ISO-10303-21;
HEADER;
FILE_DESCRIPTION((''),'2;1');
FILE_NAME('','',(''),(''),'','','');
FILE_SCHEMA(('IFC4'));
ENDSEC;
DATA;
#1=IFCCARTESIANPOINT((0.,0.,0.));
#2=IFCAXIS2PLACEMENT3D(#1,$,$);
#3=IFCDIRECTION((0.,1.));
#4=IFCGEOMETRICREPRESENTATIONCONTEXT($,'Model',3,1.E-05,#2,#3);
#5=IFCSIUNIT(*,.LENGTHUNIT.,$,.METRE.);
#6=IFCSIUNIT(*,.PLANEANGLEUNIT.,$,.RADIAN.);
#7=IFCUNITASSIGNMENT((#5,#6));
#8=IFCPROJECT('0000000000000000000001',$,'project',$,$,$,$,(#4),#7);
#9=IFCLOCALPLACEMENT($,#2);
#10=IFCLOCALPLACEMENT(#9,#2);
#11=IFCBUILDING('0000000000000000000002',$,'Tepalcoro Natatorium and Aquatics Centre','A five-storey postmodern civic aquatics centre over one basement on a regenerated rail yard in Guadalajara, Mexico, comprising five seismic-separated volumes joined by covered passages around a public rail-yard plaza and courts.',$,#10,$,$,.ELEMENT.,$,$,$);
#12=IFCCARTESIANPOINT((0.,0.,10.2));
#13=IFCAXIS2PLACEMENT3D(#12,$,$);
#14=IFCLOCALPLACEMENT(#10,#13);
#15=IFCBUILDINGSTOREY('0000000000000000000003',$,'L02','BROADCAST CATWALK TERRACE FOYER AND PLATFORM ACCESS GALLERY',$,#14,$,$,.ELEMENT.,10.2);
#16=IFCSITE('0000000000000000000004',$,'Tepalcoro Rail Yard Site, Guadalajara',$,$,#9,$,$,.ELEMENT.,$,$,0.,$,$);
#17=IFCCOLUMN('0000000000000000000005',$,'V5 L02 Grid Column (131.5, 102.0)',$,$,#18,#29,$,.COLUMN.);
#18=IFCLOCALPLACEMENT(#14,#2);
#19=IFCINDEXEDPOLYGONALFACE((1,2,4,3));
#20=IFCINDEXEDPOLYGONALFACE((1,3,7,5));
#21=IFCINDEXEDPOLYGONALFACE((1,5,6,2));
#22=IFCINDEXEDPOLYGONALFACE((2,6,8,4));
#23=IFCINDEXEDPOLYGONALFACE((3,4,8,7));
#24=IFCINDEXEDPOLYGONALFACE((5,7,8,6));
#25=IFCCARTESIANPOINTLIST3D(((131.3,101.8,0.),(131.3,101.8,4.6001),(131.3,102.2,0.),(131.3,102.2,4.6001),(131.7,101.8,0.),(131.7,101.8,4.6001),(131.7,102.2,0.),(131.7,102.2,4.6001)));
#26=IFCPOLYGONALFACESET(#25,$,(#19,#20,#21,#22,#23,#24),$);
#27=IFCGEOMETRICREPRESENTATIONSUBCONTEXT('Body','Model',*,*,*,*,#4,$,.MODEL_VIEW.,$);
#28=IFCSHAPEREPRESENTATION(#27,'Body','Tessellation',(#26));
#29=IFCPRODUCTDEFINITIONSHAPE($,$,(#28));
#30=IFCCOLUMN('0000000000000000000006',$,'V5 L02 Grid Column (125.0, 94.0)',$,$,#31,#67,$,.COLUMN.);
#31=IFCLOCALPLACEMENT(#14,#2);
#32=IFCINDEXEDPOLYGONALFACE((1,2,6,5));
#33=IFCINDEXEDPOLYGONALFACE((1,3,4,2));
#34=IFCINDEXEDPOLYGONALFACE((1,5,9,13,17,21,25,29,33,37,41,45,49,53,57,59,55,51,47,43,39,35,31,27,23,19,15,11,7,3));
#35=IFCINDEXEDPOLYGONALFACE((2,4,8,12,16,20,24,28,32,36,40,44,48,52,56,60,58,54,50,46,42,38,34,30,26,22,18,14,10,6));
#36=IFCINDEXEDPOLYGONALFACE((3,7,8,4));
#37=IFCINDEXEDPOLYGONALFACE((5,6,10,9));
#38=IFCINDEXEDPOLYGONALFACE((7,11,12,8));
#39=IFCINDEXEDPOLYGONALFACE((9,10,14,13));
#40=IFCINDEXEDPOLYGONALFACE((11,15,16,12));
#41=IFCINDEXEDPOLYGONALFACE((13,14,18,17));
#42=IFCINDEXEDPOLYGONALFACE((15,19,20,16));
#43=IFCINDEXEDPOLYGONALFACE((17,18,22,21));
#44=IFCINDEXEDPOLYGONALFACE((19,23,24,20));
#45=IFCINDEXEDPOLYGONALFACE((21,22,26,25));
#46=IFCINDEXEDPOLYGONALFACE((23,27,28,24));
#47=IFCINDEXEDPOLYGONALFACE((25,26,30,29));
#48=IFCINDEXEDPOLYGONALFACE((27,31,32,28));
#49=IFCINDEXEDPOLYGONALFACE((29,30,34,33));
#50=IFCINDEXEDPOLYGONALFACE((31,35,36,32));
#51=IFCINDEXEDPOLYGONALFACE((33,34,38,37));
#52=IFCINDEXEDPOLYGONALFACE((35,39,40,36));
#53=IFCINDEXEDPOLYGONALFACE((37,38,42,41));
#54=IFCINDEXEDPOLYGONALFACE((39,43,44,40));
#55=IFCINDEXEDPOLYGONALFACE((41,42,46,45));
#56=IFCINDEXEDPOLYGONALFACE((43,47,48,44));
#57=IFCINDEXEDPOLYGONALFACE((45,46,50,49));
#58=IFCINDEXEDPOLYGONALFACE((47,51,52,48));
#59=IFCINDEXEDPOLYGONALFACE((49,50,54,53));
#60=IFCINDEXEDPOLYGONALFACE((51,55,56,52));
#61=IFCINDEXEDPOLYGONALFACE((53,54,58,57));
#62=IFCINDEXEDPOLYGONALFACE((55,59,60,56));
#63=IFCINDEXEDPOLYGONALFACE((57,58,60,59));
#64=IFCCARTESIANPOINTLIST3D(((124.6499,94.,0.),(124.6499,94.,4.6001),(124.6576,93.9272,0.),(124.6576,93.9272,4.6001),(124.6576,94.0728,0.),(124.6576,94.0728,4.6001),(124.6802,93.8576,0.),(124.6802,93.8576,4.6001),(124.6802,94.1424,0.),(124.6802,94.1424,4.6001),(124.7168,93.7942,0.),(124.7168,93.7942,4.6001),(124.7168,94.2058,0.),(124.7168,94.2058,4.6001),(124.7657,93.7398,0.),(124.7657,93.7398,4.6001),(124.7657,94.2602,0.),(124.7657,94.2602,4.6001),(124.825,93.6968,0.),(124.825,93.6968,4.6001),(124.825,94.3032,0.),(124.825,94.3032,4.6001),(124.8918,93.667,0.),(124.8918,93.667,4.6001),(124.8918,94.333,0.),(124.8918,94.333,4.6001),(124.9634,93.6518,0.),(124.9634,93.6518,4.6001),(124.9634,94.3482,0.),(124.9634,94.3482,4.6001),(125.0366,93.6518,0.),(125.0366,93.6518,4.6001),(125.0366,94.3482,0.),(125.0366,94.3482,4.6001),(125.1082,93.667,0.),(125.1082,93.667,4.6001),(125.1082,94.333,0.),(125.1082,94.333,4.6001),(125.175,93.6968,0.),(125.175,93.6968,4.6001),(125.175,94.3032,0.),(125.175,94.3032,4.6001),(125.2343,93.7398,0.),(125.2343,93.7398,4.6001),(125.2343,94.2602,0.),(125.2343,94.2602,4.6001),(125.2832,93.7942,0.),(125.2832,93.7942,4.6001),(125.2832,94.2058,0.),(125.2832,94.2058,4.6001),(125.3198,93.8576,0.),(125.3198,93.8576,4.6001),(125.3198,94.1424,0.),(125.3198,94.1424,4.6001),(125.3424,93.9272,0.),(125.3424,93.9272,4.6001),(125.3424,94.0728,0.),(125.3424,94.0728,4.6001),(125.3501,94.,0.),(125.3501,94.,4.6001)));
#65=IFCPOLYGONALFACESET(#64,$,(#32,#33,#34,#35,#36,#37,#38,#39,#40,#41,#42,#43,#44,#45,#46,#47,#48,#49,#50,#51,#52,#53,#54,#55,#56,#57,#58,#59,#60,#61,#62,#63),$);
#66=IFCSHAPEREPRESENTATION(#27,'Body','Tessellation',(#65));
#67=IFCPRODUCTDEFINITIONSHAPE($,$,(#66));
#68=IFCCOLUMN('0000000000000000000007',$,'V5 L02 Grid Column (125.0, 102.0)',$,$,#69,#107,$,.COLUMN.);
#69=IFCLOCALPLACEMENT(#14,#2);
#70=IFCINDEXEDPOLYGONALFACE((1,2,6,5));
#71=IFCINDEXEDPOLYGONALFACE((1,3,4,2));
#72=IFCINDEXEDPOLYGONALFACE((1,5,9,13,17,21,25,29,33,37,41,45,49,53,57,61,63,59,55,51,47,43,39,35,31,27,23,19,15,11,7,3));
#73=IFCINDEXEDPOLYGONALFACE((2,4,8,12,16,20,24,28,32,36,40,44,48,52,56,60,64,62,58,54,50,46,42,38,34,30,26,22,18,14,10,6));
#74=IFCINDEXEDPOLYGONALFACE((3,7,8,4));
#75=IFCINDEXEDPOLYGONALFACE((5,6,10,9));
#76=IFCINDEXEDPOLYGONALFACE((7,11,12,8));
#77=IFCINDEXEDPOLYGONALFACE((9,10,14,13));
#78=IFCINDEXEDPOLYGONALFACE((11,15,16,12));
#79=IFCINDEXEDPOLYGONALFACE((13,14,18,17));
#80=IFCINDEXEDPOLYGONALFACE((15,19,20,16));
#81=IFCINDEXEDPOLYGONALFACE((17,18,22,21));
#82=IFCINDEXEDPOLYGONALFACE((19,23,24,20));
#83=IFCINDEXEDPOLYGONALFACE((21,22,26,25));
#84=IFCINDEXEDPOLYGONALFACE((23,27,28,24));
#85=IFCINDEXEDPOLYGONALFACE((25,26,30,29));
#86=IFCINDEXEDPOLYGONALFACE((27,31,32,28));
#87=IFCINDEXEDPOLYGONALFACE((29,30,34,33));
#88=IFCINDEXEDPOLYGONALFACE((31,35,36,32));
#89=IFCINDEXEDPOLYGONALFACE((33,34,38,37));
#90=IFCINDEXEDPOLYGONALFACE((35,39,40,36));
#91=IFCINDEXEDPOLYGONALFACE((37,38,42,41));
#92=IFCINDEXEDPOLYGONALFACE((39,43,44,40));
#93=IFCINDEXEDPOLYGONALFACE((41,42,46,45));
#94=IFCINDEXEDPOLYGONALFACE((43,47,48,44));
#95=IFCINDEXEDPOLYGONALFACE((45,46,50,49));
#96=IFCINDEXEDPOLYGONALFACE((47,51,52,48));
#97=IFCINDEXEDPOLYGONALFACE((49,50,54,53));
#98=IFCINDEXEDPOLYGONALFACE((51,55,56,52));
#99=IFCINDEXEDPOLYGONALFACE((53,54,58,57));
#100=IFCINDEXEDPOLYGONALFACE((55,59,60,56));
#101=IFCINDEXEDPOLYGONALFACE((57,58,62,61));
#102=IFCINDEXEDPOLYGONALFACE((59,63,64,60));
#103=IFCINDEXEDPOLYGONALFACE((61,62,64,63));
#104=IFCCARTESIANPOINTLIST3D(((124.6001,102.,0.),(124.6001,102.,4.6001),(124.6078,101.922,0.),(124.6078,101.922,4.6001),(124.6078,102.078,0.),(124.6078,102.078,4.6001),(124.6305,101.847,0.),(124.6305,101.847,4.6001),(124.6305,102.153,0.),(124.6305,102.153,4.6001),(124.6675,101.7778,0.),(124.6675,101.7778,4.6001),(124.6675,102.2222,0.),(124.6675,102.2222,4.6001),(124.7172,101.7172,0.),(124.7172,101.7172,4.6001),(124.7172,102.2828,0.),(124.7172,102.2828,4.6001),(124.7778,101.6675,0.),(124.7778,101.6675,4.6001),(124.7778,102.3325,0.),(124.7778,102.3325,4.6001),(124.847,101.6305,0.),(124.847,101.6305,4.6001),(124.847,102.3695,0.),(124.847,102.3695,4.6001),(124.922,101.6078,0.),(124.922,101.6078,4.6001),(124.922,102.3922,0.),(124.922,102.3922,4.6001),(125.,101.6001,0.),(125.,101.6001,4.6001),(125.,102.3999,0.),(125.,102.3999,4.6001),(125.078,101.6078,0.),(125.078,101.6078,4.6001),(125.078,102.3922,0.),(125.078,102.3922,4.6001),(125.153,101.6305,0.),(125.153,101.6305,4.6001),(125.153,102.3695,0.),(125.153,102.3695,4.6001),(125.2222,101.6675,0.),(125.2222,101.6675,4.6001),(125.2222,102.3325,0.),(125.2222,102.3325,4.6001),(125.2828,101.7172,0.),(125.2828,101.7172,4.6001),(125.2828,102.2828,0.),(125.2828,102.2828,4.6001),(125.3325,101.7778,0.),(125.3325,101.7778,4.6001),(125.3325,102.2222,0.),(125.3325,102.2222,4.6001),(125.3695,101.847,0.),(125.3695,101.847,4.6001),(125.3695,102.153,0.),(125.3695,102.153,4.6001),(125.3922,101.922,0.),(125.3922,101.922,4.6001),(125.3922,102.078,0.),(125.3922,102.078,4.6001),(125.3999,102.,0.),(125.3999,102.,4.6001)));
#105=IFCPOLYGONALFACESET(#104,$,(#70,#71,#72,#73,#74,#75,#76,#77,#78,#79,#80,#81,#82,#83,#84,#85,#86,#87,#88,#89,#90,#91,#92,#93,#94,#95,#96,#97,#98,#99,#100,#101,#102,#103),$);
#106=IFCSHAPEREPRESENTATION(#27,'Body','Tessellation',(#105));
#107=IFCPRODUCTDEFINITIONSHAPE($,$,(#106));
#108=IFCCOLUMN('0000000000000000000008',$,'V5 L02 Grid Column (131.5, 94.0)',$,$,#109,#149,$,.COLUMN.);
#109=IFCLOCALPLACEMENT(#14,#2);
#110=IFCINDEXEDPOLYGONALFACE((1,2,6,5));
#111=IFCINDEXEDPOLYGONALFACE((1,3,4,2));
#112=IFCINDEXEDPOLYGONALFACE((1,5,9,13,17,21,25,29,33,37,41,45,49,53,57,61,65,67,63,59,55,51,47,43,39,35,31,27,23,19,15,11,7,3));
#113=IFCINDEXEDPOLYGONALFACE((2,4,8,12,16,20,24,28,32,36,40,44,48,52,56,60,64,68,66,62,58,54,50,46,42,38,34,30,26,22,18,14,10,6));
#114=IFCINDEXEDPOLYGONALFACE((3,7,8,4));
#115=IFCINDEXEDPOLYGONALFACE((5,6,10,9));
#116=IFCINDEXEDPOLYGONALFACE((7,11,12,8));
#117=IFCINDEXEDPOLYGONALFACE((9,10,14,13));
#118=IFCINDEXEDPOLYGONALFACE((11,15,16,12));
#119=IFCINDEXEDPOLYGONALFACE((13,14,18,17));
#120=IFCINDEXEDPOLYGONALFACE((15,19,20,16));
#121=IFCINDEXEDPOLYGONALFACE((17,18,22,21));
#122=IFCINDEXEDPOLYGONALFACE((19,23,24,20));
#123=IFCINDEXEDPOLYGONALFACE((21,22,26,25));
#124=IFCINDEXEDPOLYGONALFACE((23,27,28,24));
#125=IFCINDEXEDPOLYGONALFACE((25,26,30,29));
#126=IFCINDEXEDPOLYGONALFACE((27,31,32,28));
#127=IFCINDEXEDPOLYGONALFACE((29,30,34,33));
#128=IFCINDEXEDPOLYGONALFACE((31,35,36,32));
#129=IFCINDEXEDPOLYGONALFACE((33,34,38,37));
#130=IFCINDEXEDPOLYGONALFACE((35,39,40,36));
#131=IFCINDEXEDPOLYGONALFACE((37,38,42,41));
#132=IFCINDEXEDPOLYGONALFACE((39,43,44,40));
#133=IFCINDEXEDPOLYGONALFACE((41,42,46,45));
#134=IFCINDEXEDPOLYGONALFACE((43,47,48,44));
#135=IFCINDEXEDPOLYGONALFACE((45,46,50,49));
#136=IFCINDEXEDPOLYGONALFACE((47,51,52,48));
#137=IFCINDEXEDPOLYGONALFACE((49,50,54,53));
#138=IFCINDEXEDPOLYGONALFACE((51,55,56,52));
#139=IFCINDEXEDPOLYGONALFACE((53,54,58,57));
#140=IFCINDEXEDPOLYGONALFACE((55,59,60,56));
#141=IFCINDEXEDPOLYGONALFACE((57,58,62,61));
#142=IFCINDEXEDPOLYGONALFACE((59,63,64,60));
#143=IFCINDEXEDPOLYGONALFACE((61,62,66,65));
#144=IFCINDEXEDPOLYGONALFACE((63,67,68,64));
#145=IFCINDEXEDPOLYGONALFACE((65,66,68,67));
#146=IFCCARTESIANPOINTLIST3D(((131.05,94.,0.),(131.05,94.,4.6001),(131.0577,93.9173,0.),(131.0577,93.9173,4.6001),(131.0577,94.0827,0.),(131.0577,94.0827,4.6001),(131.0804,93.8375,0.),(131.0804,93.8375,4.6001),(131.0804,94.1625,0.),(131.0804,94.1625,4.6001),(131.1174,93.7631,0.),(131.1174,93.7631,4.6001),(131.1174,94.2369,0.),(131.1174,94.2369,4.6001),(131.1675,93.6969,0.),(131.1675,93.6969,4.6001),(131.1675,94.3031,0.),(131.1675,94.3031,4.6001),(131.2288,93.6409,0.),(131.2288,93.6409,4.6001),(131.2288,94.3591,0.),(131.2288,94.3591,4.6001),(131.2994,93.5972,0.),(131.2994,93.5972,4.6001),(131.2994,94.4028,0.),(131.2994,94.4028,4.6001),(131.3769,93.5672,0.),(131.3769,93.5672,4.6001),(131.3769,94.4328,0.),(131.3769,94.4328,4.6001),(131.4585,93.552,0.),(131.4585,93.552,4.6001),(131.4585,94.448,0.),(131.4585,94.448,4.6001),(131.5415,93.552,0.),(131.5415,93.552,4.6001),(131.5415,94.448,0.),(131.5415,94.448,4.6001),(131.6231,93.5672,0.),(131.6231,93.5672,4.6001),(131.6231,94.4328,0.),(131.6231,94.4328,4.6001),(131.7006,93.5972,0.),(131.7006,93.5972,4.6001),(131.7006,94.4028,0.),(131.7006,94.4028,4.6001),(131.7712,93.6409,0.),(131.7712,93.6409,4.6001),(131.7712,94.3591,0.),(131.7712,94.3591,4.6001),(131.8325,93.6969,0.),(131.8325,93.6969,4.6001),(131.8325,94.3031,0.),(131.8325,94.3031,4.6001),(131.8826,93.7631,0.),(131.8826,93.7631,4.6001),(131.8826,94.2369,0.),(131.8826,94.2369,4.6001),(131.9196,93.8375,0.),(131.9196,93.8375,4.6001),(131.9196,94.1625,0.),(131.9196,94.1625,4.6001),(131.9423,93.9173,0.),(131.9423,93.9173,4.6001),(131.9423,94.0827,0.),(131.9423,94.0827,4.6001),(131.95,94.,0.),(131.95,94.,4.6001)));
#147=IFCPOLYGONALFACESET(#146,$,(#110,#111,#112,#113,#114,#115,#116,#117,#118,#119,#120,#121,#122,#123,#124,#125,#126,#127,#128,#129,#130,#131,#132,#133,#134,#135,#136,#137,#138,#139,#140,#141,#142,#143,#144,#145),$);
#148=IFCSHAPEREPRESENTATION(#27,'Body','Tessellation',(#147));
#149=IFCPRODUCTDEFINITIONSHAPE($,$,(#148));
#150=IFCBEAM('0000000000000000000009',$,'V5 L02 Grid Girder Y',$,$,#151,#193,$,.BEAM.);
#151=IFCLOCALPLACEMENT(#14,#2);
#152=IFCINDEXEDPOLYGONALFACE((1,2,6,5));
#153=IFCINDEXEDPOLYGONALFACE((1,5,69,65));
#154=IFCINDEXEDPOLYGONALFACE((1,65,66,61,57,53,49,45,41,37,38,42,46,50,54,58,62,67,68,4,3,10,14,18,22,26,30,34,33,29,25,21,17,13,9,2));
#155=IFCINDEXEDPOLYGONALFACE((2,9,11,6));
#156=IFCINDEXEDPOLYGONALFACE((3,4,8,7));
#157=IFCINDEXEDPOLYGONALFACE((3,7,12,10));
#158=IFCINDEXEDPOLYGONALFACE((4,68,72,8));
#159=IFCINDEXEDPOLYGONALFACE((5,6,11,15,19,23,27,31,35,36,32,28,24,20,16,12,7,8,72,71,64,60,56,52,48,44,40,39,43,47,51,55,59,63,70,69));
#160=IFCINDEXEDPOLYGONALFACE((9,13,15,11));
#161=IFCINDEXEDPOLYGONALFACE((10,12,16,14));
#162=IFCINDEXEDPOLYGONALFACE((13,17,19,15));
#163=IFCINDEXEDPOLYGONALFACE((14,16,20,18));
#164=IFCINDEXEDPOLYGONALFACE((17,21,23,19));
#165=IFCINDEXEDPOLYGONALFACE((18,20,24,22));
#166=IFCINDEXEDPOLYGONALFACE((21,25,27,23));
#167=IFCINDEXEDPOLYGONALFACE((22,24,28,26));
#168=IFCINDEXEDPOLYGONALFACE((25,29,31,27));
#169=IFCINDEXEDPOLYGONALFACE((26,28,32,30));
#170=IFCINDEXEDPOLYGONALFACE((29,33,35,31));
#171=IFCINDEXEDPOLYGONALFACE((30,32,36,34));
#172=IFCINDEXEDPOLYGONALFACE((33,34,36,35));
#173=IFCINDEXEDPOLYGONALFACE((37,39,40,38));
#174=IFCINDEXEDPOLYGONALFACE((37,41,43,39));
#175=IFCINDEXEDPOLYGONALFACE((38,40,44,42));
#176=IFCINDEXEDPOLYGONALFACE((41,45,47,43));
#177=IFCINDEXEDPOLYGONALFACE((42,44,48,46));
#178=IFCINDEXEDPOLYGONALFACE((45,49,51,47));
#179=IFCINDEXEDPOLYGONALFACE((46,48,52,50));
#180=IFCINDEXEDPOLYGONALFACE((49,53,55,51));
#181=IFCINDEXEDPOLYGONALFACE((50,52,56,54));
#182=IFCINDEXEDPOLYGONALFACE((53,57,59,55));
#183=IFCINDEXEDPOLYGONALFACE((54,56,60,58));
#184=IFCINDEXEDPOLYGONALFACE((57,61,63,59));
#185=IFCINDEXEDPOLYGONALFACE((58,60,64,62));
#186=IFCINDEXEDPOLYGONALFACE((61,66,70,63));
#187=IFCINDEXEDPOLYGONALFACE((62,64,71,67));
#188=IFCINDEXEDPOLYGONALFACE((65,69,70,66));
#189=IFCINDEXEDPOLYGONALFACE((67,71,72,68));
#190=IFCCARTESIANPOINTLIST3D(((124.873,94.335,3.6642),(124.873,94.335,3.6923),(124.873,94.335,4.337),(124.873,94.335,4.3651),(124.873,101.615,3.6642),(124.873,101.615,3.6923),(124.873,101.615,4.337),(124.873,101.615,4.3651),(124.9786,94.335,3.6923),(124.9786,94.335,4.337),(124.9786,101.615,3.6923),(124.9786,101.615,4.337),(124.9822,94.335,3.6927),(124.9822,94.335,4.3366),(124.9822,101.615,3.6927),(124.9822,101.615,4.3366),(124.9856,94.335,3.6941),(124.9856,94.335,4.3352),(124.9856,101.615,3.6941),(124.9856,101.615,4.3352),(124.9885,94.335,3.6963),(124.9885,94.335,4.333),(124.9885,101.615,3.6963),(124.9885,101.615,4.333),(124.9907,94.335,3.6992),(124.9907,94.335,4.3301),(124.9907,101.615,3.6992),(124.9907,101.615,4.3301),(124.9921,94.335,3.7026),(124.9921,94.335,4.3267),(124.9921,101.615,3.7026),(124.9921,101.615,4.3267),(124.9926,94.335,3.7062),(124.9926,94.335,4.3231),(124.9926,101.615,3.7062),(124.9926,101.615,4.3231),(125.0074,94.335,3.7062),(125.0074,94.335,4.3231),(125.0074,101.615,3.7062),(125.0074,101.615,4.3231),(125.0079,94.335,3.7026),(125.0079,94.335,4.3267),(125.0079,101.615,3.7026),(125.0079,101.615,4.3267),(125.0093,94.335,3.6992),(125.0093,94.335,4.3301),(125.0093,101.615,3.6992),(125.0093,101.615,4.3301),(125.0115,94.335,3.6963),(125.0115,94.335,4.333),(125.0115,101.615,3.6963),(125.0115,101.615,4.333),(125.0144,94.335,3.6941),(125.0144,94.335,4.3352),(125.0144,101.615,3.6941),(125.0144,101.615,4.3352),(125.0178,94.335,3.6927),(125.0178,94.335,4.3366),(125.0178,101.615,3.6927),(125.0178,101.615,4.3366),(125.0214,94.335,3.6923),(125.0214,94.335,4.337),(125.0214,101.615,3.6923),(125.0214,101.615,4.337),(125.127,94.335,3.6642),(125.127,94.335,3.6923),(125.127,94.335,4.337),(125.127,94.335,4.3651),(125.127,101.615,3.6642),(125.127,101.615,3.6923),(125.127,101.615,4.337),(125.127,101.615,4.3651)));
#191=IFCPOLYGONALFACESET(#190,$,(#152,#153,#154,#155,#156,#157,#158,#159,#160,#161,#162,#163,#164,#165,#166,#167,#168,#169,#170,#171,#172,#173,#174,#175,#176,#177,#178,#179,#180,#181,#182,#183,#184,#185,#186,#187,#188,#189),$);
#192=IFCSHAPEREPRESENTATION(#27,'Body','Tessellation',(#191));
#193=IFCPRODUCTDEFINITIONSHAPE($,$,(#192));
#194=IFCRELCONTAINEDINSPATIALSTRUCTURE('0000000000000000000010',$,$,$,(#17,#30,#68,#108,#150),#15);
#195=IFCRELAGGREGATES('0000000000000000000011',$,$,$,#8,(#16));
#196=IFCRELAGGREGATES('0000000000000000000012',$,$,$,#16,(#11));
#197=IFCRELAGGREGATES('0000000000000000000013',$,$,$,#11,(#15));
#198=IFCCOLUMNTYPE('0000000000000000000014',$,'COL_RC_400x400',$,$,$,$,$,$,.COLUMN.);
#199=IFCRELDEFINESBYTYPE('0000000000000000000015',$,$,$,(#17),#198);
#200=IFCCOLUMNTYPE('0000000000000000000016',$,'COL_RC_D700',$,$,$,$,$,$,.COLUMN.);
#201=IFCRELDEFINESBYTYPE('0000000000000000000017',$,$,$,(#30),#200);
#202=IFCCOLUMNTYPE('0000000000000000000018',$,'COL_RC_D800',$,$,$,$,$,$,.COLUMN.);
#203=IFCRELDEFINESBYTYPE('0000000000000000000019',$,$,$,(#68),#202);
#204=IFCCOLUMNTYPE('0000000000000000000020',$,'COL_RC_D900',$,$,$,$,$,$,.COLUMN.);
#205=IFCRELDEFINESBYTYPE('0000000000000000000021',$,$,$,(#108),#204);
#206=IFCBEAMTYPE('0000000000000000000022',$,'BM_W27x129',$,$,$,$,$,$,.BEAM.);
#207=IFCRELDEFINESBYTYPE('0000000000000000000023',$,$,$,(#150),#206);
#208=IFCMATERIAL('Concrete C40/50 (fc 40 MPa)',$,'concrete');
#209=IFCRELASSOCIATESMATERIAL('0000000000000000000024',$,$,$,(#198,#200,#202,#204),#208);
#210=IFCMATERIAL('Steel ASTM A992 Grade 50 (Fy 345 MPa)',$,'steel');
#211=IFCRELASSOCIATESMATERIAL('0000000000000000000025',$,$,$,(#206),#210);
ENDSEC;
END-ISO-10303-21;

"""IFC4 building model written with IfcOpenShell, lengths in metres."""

from ifc_helpers import new_model, si_unit, direction, frame, origin, origin_2d, place, context, subcontext, project, spatial, rectangle, circle, i_section, extrude, material, material_profile, profile_set, type_object, element, save


model = new_model("IFC4")

# Units and contexts
model_context = context("Model", 3, precision=1e-05, world=origin(), true_north=direction((0.0, 1.0)))
body_context = subcontext(model_context, "Body", "Model", "MODEL_VIEW")
ifc_project = project(units=[si_unit("LENGTHUNIT", "METRE"), si_unit("PLANEANGLEUNIT", "RADIAN")], contexts=[model_context])

# Site, building, storey
site_placement = place(None, origin())
site = spatial("IfcSite", under=ifc_project, at=site_placement, Name="Tepalcoro Rail Yard Site, Guadalajara", CompositionType="ELEMENT", RefElevation=0.0)
building_placement = place(site_placement, origin())
building = spatial("IfcBuilding", under=site, at=building_placement, Name="Tepalcoro Natatorium and Aquatics Centre", Description="A five-storey postmodern civic aquatics centre over one basement on a regenerated rail yard in Guadalajara, Mexico, comprising five seismic-separated volumes joined by covered passages around a public rail-yard plaza and courts.", CompositionType="ELEMENT")
storey_placement = place(building_placement, frame((0.0, 0.0, 10.2)))
storey = spatial("IfcBuildingStorey", under=building, at=storey_placement, Name="L02", Description="BROADCAST CATWALK TERRACE FOYER AND PLATFORM ACCESS GALLERY", CompositionType="ELEMENT", Elevation=10.2)

# Columns
ifc_material_1 = material(Name="Concrete C40/50 (fc 40 MPa)", Category="concrete")
ifc_material_profile_1 = material_profile(ifc_material_1, rectangle(XDim=0.3999, YDim=0.3999, at=origin_2d()), Name="RC400x400")
ifc_profile_set_1 = profile_set([ifc_material_profile_1], Name="Concrete C40/50 (fc 40 MPa)")
column_type_1 = type_object("IfcColumnType", Name="COL_RC_400x400", PredefinedType="COLUMN", material=ifc_profile_set_1)
column_1_placement = place(storey_placement, frame((131.5, 102.0, 0.0), z_axis=(0.0, 0.0, 1.0), x_axis=(1.0, 0.0, 0.0)))
element("IfcColumn", 1, at=column_1_placement, inside=storey, type_object=column_type_1, Name="V5 L02 Grid Column (131.5, 102.0)", PredefinedType="COLUMN", context=body_context, shape_type="SweptSolid", body=[
    extrude(rectangle(XDim=0.3999, YDim=0.3999, at=origin_2d()), origin(), (0.0, 0.0, 1.0), 4.6001),
])
ifc_material_profile_2 = material_profile(ifc_material_1, circle(Radius=0.3501, at=origin_2d()), Name="RCD700")
ifc_profile_set_2 = profile_set([ifc_material_profile_2], Name="Concrete C40/50 (fc 40 MPa)")
column_type_2 = type_object("IfcColumnType", Name="COL_RC_D700", PredefinedType="COLUMN", material=ifc_profile_set_2)
column_2_placement = place(storey_placement, frame((125.0, 94.0, 0.0), z_axis=(0.0, 0.0, 1.0), x_axis=(1.0, 0.0, 0.0)))
element("IfcColumn", 2, at=column_2_placement, inside=storey, type_object=column_type_2, Name="V5 L02 Grid Column (125.0, 94.0)", PredefinedType="COLUMN", context=body_context, shape_type="SweptSolid", body=[
    extrude(circle(Radius=0.3501, at=origin_2d()), origin(), (0.0, 0.0, 1.0), 4.6001),
])
ifc_material_profile_3 = material_profile(ifc_material_1, circle(Radius=0.3999, at=origin_2d()), Name="RCD800")
ifc_profile_set_3 = profile_set([ifc_material_profile_3], Name="Concrete C40/50 (fc 40 MPa)")
column_type_3 = type_object("IfcColumnType", Name="COL_RC_D800", PredefinedType="COLUMN", material=ifc_profile_set_3)
column_3_placement = place(storey_placement, frame((125.0, 102.0, 0.0), z_axis=(0.0, 0.0, 1.0), x_axis=(1.0, 0.0, 0.0)))
element("IfcColumn", 3, at=column_3_placement, inside=storey, type_object=column_type_3, Name="V5 L02 Grid Column (125.0, 102.0)", PredefinedType="COLUMN", context=body_context, shape_type="SweptSolid", body=[
    extrude(circle(Radius=0.3999, at=origin_2d()), origin(), (0.0, 0.0, 1.0), 4.6001),
])
ifc_material_profile_4 = material_profile(ifc_material_1, circle(Radius=0.45, at=origin_2d()), Name="RCD900")
ifc_profile_set_4 = profile_set([ifc_material_profile_4], Name="Concrete C40/50 (fc 40 MPa)")
column_type_4 = type_object("IfcColumnType", Name="COL_RC_D900", PredefinedType="COLUMN", material=ifc_profile_set_4)
column_4_placement = place(storey_placement, frame((131.5, 94.0, 0.0), z_axis=(0.0, 0.0, 1.0), x_axis=(1.0, 0.0, 0.0)))
element("IfcColumn", 4, at=column_4_placement, inside=storey, type_object=column_type_4, Name="V5 L02 Grid Column (131.5, 94.0)", PredefinedType="COLUMN", context=body_context, shape_type="SweptSolid", body=[
    extrude(circle(Radius=0.45, at=origin_2d()), origin(), (0.0, 0.0, 1.0), 4.6001),
])

# Beam
ifc_material_2 = material(Name="Steel ASTM A992 Grade 50 (Fy 345 MPa)", Category="steel")
ifc_material_profile_5 = material_profile(ifc_material_2, i_section(OverallWidth=0.2539, OverallDepth=0.7009, WebThickness=0.0149, FlangeThickness=0.0281, FilletRadius=0.0139, at=origin_2d()), Name="W27X129")
ifc_profile_set_5 = profile_set([ifc_material_profile_5], Name="Steel ASTM A992 Grade 50 (Fy 345 MPa)")
beam_type_1 = type_object("IfcBeamType", Name="BM_W27x129", PredefinedType="BEAM", material=ifc_profile_set_5)
beam_1_placement = place(storey_placement, frame((125.0, 94.335, 4.0146), z_axis=(0.0, 1.0, 0.0), x_axis=(-1.0, 0.0, 0.0)))
element("IfcBeam", 5, at=beam_1_placement, inside=storey, type_object=beam_type_1, Name="V5 L02 Grid Girder Y", PredefinedType="BEAM", context=body_context, shape_type="SweptSolid", body=[
    extrude(i_section(OverallWidth=0.2539, OverallDepth=0.7009, WebThickness=0.0149, FlangeThickness=0.0281, FilletRadius=0.0139, at=origin_2d()), origin(), (0.0, 0.0, 1.0), 7.28),
])

save(model, "model.ifc")
